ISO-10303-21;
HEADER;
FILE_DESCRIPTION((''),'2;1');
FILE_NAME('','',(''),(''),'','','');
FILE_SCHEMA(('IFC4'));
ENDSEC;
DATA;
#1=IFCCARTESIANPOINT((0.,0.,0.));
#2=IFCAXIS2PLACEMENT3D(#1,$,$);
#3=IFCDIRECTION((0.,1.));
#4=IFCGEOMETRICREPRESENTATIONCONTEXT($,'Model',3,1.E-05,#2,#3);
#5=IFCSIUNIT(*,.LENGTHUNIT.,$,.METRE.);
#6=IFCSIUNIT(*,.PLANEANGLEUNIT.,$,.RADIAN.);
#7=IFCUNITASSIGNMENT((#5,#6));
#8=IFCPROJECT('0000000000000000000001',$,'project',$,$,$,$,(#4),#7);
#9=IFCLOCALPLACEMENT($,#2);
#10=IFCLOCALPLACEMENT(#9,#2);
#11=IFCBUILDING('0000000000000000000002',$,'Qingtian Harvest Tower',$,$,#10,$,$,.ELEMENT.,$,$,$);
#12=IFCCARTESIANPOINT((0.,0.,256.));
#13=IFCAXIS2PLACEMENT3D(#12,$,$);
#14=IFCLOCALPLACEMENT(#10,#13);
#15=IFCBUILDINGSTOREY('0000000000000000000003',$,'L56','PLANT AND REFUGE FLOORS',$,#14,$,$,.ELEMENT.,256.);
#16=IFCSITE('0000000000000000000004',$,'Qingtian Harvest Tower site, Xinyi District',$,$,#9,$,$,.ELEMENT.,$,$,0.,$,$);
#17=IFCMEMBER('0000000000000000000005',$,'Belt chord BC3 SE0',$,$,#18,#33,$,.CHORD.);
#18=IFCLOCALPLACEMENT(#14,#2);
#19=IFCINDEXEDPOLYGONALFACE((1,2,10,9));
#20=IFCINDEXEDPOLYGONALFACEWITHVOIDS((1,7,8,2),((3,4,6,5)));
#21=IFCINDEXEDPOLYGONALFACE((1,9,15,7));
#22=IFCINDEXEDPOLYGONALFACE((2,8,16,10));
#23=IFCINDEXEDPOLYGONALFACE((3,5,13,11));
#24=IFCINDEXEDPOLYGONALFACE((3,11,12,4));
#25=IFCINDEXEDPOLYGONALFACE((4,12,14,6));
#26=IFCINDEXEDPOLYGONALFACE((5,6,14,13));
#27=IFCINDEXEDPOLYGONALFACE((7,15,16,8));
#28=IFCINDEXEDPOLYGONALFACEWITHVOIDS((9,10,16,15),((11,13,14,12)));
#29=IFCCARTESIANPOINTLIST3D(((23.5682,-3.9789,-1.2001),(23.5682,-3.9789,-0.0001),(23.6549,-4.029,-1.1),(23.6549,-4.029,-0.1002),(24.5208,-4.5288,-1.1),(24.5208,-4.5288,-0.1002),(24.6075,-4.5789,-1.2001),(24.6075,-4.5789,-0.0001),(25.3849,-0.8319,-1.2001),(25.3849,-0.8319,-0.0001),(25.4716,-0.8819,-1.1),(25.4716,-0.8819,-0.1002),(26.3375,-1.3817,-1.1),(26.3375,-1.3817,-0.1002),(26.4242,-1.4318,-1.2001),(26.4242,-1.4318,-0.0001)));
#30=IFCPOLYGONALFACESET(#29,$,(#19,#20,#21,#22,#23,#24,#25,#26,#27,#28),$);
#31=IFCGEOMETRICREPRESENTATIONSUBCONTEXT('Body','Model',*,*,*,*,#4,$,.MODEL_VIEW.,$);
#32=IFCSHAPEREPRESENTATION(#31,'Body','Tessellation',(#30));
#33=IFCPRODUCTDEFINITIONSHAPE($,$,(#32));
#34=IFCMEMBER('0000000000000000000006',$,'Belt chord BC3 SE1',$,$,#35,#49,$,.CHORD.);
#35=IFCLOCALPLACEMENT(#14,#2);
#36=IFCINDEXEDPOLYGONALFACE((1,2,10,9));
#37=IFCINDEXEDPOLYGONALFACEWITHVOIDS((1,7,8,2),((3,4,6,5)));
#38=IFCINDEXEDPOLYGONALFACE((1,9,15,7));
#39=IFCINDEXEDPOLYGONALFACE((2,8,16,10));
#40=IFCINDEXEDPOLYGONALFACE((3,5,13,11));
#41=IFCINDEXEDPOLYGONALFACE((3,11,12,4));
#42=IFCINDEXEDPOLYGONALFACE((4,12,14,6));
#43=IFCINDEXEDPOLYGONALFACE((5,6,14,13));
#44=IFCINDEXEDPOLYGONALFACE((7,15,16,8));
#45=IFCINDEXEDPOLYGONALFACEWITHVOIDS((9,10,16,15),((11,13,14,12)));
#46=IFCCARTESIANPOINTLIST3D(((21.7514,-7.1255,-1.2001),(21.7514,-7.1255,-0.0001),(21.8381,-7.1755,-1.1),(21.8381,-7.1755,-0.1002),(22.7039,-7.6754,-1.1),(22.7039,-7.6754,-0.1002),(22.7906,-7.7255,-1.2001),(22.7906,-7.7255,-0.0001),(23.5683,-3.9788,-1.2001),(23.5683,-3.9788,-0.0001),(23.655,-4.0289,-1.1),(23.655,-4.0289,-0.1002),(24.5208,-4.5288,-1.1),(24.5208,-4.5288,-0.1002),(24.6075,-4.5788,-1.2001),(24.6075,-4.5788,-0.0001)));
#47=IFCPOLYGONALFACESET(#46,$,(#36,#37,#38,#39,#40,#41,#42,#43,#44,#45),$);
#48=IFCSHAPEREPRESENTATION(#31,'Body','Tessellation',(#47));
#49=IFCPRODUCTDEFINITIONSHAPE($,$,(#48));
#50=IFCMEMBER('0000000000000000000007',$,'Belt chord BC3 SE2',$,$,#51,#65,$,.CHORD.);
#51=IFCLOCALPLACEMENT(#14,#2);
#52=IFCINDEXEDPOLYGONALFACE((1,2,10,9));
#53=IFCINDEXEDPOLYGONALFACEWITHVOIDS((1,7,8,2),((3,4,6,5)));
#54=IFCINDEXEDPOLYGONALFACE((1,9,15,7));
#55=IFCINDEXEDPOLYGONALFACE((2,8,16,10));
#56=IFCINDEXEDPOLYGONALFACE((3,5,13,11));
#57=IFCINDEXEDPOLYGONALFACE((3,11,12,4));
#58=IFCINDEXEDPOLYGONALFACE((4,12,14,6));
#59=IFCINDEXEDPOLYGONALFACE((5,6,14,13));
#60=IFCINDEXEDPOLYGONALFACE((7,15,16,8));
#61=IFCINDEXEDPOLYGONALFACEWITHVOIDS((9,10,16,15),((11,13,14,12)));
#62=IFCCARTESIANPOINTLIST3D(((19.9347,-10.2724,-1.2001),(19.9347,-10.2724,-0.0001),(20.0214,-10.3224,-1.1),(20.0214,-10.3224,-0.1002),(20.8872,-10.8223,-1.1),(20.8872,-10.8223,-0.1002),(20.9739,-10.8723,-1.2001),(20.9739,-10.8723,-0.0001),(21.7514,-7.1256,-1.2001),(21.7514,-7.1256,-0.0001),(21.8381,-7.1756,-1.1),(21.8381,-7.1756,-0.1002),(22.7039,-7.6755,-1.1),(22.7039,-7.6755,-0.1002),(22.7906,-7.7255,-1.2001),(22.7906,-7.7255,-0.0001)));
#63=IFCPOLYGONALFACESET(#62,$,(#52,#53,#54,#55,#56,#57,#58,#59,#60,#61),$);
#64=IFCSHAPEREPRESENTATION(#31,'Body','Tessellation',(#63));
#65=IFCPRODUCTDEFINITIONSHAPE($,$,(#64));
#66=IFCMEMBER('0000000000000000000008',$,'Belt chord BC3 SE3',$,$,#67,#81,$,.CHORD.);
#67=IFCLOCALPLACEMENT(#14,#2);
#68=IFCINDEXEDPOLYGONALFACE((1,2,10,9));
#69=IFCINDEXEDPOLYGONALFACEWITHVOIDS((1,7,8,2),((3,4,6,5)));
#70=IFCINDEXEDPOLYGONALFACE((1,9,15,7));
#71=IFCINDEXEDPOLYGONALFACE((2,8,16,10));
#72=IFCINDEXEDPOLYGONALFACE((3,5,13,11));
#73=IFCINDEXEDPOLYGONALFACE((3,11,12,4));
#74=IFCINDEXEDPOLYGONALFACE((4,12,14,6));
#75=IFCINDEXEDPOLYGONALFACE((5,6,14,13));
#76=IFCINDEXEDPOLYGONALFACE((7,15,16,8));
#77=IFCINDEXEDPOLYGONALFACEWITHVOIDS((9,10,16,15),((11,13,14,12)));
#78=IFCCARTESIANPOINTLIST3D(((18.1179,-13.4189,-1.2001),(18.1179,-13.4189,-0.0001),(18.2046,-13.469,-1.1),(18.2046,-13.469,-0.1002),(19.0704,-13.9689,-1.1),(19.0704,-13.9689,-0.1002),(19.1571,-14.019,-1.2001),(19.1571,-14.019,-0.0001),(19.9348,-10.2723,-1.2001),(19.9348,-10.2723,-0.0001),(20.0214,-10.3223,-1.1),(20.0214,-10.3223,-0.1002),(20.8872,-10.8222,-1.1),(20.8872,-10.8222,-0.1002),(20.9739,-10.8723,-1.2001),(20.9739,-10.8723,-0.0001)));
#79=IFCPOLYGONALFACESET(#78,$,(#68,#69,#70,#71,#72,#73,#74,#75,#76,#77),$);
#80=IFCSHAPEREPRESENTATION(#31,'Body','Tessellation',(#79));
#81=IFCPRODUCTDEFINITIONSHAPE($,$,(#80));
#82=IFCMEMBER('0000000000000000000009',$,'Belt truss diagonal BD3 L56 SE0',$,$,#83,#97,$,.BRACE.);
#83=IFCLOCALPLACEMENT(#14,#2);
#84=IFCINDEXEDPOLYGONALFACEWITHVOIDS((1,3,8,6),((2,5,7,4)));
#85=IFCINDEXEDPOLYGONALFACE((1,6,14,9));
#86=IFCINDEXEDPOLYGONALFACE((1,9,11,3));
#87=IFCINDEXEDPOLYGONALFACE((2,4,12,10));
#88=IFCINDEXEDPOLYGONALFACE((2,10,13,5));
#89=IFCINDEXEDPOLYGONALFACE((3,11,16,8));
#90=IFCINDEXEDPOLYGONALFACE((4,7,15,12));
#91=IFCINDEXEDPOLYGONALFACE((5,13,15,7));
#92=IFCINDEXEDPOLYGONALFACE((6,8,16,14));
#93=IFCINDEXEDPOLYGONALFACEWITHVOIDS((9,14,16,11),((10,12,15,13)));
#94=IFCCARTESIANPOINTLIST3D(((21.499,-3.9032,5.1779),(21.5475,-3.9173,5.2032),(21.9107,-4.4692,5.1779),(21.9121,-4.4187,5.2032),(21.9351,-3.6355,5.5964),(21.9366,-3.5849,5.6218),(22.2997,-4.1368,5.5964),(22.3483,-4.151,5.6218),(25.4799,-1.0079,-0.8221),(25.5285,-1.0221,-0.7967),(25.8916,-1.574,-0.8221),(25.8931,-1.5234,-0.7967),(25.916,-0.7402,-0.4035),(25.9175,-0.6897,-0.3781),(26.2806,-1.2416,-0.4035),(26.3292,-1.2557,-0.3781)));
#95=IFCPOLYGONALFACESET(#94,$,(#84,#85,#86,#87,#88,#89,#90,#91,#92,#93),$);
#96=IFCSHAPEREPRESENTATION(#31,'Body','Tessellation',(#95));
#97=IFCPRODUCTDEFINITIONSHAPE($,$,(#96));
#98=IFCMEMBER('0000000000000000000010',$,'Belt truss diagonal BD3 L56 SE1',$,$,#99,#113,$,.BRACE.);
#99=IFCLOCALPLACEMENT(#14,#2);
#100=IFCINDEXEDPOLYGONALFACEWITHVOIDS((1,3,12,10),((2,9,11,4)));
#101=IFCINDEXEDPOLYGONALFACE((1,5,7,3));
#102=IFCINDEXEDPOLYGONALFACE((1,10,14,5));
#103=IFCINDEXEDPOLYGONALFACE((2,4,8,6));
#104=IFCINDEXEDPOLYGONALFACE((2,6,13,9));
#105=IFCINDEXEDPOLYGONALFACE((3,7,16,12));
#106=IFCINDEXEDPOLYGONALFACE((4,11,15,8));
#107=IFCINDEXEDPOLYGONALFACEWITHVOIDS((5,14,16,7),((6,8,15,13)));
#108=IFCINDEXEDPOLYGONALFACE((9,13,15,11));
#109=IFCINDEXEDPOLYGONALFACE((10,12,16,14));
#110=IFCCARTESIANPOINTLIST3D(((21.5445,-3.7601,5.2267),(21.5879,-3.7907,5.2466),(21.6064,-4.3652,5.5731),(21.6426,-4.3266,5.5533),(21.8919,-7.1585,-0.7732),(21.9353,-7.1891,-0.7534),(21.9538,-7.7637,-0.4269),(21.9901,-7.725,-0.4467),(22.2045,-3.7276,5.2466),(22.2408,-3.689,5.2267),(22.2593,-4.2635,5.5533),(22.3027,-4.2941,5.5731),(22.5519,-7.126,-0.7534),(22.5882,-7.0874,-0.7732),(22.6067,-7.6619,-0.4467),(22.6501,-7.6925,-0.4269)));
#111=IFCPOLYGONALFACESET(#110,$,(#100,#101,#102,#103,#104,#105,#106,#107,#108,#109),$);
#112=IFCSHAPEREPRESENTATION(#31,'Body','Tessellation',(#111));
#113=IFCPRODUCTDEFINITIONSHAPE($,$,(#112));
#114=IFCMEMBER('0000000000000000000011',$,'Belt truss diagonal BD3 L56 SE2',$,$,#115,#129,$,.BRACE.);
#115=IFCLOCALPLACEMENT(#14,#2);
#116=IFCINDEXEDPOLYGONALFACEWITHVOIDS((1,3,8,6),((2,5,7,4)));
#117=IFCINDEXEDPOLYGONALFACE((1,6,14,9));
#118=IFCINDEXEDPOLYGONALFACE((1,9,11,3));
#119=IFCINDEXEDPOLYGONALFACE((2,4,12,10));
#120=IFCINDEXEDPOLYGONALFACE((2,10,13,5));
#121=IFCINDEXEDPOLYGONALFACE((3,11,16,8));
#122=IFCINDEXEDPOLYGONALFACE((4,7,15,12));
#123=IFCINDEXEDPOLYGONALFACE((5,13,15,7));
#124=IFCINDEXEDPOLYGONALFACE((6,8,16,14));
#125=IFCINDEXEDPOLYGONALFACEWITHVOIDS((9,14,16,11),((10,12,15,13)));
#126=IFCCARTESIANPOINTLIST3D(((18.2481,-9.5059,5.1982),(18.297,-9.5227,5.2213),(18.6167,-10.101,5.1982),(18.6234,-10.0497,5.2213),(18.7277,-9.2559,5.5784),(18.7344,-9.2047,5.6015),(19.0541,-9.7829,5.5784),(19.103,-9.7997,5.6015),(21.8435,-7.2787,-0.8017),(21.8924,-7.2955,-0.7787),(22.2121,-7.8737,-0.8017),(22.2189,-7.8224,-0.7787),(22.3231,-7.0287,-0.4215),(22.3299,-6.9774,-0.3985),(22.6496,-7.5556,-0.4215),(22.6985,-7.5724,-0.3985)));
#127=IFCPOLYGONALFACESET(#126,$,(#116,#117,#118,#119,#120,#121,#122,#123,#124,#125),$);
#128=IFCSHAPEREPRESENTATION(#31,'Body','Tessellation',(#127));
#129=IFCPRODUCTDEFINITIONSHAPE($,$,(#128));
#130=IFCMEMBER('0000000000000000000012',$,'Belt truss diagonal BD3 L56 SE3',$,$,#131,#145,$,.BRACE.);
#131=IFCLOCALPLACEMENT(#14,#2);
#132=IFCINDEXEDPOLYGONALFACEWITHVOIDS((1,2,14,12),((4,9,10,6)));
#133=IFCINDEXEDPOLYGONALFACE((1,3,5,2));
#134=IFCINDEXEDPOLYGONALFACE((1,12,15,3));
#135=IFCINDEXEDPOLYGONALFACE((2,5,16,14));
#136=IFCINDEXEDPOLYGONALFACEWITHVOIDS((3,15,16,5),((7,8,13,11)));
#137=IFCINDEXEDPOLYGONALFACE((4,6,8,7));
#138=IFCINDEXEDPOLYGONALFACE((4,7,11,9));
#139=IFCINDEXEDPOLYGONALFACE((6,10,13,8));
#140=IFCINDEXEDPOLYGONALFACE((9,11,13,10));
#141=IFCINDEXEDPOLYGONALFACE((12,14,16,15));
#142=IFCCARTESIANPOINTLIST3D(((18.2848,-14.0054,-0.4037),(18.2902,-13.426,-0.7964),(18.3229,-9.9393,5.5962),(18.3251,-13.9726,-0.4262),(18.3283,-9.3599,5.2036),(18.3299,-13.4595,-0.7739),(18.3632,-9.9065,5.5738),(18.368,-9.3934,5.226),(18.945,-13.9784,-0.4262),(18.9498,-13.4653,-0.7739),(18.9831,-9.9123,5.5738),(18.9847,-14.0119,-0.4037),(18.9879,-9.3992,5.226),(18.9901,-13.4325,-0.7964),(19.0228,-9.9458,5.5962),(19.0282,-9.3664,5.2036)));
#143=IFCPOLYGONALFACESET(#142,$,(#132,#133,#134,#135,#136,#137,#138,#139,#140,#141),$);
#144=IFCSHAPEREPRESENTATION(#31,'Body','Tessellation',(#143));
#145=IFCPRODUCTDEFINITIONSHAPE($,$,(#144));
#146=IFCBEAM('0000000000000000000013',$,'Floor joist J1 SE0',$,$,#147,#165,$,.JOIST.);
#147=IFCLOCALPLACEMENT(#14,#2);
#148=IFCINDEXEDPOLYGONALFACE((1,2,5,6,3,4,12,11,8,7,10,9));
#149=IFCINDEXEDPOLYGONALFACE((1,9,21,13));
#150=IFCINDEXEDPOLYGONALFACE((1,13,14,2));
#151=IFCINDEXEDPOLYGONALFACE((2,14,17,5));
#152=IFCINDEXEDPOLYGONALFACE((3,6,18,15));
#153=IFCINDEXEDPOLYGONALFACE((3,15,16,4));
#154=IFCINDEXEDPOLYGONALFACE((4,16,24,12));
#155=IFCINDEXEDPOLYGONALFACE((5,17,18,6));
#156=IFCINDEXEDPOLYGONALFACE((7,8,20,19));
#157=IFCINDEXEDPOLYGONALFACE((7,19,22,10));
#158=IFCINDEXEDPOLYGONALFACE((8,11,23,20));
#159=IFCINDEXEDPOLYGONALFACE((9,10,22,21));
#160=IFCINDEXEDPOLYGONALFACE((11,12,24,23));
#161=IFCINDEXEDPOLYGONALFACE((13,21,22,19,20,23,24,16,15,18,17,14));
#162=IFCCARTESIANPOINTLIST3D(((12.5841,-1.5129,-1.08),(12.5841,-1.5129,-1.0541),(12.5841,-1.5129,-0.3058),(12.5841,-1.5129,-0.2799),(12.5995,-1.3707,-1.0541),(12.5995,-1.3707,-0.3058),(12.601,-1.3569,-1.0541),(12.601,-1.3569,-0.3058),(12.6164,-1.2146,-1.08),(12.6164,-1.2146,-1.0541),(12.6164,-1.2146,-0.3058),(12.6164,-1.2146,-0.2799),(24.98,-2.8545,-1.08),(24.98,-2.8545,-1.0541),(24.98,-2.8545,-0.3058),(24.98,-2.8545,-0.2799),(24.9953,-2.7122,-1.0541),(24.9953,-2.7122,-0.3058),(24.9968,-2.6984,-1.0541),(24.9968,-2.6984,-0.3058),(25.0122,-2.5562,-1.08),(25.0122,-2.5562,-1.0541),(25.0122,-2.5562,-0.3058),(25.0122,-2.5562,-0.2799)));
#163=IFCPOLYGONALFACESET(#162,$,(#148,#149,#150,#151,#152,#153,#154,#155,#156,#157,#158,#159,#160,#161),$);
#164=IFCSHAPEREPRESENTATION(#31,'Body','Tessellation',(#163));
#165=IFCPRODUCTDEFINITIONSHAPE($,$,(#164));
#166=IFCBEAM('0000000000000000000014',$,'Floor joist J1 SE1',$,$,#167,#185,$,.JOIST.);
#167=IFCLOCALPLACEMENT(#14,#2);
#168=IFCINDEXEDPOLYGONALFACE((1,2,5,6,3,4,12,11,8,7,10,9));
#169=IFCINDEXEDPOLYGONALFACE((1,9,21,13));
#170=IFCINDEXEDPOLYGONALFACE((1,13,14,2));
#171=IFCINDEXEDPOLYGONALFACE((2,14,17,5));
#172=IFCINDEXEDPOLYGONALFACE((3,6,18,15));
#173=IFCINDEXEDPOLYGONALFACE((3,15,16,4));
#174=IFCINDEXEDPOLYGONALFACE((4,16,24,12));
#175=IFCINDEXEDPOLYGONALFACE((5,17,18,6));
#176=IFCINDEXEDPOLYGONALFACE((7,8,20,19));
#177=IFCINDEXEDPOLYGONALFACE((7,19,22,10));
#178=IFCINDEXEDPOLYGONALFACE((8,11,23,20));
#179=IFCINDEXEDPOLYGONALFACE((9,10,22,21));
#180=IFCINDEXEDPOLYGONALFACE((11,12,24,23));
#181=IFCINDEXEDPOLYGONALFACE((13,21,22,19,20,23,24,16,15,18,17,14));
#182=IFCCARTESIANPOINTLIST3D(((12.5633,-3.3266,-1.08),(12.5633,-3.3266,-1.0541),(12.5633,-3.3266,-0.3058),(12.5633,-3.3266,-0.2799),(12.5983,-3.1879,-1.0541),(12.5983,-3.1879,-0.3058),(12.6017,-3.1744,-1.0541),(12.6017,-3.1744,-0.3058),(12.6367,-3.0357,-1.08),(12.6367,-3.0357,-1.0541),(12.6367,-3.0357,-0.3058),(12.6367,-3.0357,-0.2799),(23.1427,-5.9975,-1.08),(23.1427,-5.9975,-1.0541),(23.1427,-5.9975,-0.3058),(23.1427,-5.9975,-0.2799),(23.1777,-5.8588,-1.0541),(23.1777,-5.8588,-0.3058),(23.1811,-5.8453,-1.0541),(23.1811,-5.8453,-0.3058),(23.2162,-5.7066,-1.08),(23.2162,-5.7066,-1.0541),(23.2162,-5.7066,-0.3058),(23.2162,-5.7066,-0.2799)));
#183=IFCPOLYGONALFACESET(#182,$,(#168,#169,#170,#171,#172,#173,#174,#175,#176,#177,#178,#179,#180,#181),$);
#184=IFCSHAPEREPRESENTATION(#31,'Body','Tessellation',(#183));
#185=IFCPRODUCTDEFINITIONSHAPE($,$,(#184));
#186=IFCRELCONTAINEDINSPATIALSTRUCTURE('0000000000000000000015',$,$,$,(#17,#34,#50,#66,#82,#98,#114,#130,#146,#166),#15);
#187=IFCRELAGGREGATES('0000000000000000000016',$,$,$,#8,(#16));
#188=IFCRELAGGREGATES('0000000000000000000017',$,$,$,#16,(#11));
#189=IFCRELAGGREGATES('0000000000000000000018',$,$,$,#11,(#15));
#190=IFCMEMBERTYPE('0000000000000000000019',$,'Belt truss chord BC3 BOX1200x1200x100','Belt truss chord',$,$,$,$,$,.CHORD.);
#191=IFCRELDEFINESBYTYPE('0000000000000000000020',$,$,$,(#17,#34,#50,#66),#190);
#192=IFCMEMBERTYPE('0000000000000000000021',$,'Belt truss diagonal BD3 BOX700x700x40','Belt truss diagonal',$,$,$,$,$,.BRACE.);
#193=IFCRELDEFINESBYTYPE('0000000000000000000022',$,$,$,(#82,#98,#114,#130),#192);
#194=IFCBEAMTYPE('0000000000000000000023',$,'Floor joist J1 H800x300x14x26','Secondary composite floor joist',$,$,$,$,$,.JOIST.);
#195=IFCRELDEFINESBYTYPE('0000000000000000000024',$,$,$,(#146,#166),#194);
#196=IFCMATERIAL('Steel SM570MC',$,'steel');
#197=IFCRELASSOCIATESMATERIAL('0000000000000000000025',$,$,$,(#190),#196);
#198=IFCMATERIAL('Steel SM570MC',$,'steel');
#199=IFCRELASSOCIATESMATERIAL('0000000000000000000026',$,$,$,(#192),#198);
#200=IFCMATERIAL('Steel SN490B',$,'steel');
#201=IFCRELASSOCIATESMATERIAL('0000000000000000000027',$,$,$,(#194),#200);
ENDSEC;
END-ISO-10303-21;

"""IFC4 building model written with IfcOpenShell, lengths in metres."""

from ifc_helpers import new_model, si_unit, direction, frame, origin, origin_2d, place, context, subcontext, project, spatial, hollow_rectangle, i_section, extrude, material, material_profile, profile_set, type_object, element, save


model = new_model("IFC4")

# Units and contexts
model_context = context("Model", 3, precision=1e-05, world=origin(), true_north=direction((0.0, 1.0)))
body_context = subcontext(model_context, "Body", "Model", "MODEL_VIEW")
ifc_project = project(units=[si_unit("LENGTHUNIT", "METRE"), si_unit("PLANEANGLEUNIT", "RADIAN")], contexts=[model_context])

# Site, building, storey
site_placement = place(None, origin())
site = spatial("IfcSite", under=ifc_project, at=site_placement, Name="Qingtian Harvest Tower site, Xinyi District", CompositionType="ELEMENT", RefElevation=0.0)
building_placement = place(site_placement, origin())
building = spatial("IfcBuilding", under=site, at=building_placement, Name="Qingtian Harvest Tower", CompositionType="ELEMENT")
storey_placement = place(building_placement, frame((0.0, 0.0, 256.0)))
storey = spatial("IfcBuildingStorey", under=building, at=storey_placement, Name="L56", Description="PLANT AND REFUGE FLOORS", CompositionType="ELEMENT", Elevation=256.0)

# Members
ifc_material_1 = material(Name="Steel SM570MC", Category="steel")
ifc_material_profile_1 = material_profile(ifc_material_1, hollow_rectangle(XDim=1.2, YDim=1.2, WallThickness=0.1001, at=origin_2d()), Name="BOX1200x1200x100")
ifc_profile_set_1 = profile_set([ifc_material_profile_1], Name="Steel SM570MC")
member_type_1 = type_object("IfcMemberType", Name="Belt truss chord BC3 BOX1200x1200x100", Description="Belt truss chord", PredefinedType="CHORD", material=ifc_profile_set_1)
member_1_placement = place(storey_placement, frame((25.9045, -1.1318, -0.6001), z_axis=(-0.499947, -0.866056, 0.0), x_axis=(0.866056, -0.499947, 0.0)))
element("IfcMember", 1, at=member_1_placement, inside=storey, type_object=member_type_1, Name="Belt chord BC3 SE0", PredefinedType="CHORD", context=body_context, shape_type="SweptSolid", body=[
    extrude(hollow_rectangle(XDim=1.2, YDim=1.2, WallThickness=0.1001, at=origin_2d()), origin(), (0.0, 0.0, 1.0), 3.6338),
])
for number, where, z_axis, x_axis, name in (
    (2, (24.0879, -4.2788, -0.6001), (-0.500027, -0.86601, 0.0), (0.86601, -0.500027, 0.0), "Belt chord BC3 SE1"),
    (3, (22.271, -7.4255, -0.6001), (-0.499976, -0.866039, 0.0), (0.866039, -0.499976, 0.0), "Belt chord BC3 SE2"),
    (4, (20.4543, -10.5723, -0.6001), (-0.500027, -0.86601, 0.0), (0.86601, -0.500027, 0.0), "Belt chord BC3 SE3"),
):
    element("IfcMember", number, at=place(storey_placement, frame(where, z_axis=z_axis, x_axis=x_axis)), inside=storey, type_object=member_type_1, Name=name, PredefinedType="CHORD", context=body_context, shape_type="SweptSolid", body=[
        extrude(hollow_rectangle(XDim=1.2, YDim=1.2, WallThickness=0.1001, at=origin_2d()), origin(), (0.0, 0.0, 1.0), 3.6335),
    ])
ifc_material_2 = material(Name="Steel SM570MC", Category="steel")
ifc_material_profile_2 = material_profile(ifc_material_2, hollow_rectangle(XDim=0.7, YDim=0.7, WallThickness=0.04, at=origin_2d()), Name="BOX700x700x40")
ifc_profile_set_2 = profile_set([ifc_material_profile_2], Name="Steel SM570MC")
member_type_2 = type_object("IfcMemberType", Name="Belt truss diagonal BD3 BOX700x700x40", Description="Belt truss diagonal", PredefinedType="BRACE", material=ifc_profile_set_2)
member_2_placement = place(storey_placement, frame((25.9045, -1.1318, -0.6001), z_axis=(-0.512955, -0.373061, 0.773113), x_axis=(0.588175, -0.808734, 0.0)))
element("IfcMember", 5, at=member_2_placement, inside=storey, type_object=member_type_2, Name="Belt truss diagonal BD3 L56 SE0", PredefinedType="BRACE", context=body_context, shape_type="SweptSolid", body=[
    extrude(hollow_rectangle(XDim=0.7, YDim=0.7, WallThickness=0.04, at=origin_2d()), origin(), (0.0, 0.0, 1.0), 7.7607),
])
member_3_placement = place(storey_placement, frame((21.9236, -4.0271, 5.3999), z_axis=(0.050318, -0.492217, -0.869017), x_axis=(0.994815, 0.101697, 0.0)))
element("IfcMember", 6, at=member_3_placement, inside=storey, type_object=member_type_2, Name="Belt truss diagonal BD3 L56 SE1", PredefinedType="BRACE", context=body_context, shape_type="SweptSolid", body=[
    extrude(hollow_rectangle(XDim=0.7, YDim=0.7, WallThickness=0.04, at=origin_2d()), origin(), (0.0, 0.0, 1.0), 6.9043),
])
member_4_placement = place(storey_placement, frame((22.271, -7.4255, -0.6001), z_axis=(-0.489787, -0.303411, 0.817343), x_axis=(0.526617, -0.850103, 0.0)))
element("IfcMember", 7, at=member_4_placement, inside=storey, type_object=member_type_2, Name="Belt truss diagonal BD3 L56 SE2", PredefinedType="BRACE", context=body_context, shape_type="SweptSolid", body=[
    extrude(hollow_rectangle(XDim=0.7, YDim=0.7, WallThickness=0.04, at=origin_2d()), origin(), (0.0, 0.0, 1.0), 7.3408),
])
member_5_placement = place(storey_placement, frame((18.6755, -9.6528, 5.3999), z_axis=(-0.005255, -0.560996, -0.827802), x_axis=(0.999956, -0.009366, 0.0)))
element("IfcMember", 8, at=member_5_placement, inside=storey, type_object=member_type_2, Name="Belt truss diagonal BD3 L56 SE3", PredefinedType="BRACE", context=body_context, shape_type="SweptSolid", body=[
    extrude(hollow_rectangle(XDim=0.7, YDim=0.7, WallThickness=0.04, at=origin_2d()), origin(), (0.0, 0.0, 1.0), 7.248),
])

# Beams
ifc_material_3 = material(Name="Steel SN490B", Category="steel")
ifc_material_profile_3 = material_profile(ifc_material_3, i_section(OverallWidth=0.3, OverallDepth=0.8, WebThickness=0.0139, FlangeThickness=0.0259, at=origin_2d()), Name="H800x300x14x26")
ifc_profile_set_3 = profile_set([ifc_material_profile_3], Name="Steel SN490B")
beam_type_1 = type_object("IfcBeamType", Name="Floor joist J1 H800x300x14x26", Description="Secondary composite floor joist", PredefinedType="JOIST", material=ifc_profile_set_3)
beam_1_placement = place(storey_placement, frame((24.9961, -2.7053, -0.6799), z_axis=(-0.994195, 0.107596, 0.0), x_axis=(-0.107596, -0.994195, 0.0)))
element("IfcBeam", 9, at=beam_1_placement, inside=storey, type_object=beam_type_1, Name="Floor joist J1 SE0", PredefinedType="JOIST", context=body_context, shape_type="SweptSolid", body=[
    extrude(i_section(OverallWidth=0.3, OverallDepth=0.8, WebThickness=0.0139, FlangeThickness=0.0259, at=origin_2d()), origin(), (0.0, 0.0, 1.0), 12.4683),
])
beam_2_placement = place(storey_placement, frame((23.1794, -5.8521, -0.6799), z_axis=(-0.969578, 0.244783, 0.0), x_axis=(-0.244783, -0.969578, 0.0)))
element("IfcBeam", 10, at=beam_2_placement, inside=storey, type_object=beam_type_1, Name="Floor joist J1 SE1", PredefinedType="JOIST", context=body_context, shape_type="SweptSolid", body=[
    extrude(i_section(OverallWidth=0.3, OverallDepth=0.8, WebThickness=0.0139, FlangeThickness=0.0259, at=origin_2d()), origin(), (0.0, 0.0, 1.0), 10.9114),
])

save(model, "model.ifc")
